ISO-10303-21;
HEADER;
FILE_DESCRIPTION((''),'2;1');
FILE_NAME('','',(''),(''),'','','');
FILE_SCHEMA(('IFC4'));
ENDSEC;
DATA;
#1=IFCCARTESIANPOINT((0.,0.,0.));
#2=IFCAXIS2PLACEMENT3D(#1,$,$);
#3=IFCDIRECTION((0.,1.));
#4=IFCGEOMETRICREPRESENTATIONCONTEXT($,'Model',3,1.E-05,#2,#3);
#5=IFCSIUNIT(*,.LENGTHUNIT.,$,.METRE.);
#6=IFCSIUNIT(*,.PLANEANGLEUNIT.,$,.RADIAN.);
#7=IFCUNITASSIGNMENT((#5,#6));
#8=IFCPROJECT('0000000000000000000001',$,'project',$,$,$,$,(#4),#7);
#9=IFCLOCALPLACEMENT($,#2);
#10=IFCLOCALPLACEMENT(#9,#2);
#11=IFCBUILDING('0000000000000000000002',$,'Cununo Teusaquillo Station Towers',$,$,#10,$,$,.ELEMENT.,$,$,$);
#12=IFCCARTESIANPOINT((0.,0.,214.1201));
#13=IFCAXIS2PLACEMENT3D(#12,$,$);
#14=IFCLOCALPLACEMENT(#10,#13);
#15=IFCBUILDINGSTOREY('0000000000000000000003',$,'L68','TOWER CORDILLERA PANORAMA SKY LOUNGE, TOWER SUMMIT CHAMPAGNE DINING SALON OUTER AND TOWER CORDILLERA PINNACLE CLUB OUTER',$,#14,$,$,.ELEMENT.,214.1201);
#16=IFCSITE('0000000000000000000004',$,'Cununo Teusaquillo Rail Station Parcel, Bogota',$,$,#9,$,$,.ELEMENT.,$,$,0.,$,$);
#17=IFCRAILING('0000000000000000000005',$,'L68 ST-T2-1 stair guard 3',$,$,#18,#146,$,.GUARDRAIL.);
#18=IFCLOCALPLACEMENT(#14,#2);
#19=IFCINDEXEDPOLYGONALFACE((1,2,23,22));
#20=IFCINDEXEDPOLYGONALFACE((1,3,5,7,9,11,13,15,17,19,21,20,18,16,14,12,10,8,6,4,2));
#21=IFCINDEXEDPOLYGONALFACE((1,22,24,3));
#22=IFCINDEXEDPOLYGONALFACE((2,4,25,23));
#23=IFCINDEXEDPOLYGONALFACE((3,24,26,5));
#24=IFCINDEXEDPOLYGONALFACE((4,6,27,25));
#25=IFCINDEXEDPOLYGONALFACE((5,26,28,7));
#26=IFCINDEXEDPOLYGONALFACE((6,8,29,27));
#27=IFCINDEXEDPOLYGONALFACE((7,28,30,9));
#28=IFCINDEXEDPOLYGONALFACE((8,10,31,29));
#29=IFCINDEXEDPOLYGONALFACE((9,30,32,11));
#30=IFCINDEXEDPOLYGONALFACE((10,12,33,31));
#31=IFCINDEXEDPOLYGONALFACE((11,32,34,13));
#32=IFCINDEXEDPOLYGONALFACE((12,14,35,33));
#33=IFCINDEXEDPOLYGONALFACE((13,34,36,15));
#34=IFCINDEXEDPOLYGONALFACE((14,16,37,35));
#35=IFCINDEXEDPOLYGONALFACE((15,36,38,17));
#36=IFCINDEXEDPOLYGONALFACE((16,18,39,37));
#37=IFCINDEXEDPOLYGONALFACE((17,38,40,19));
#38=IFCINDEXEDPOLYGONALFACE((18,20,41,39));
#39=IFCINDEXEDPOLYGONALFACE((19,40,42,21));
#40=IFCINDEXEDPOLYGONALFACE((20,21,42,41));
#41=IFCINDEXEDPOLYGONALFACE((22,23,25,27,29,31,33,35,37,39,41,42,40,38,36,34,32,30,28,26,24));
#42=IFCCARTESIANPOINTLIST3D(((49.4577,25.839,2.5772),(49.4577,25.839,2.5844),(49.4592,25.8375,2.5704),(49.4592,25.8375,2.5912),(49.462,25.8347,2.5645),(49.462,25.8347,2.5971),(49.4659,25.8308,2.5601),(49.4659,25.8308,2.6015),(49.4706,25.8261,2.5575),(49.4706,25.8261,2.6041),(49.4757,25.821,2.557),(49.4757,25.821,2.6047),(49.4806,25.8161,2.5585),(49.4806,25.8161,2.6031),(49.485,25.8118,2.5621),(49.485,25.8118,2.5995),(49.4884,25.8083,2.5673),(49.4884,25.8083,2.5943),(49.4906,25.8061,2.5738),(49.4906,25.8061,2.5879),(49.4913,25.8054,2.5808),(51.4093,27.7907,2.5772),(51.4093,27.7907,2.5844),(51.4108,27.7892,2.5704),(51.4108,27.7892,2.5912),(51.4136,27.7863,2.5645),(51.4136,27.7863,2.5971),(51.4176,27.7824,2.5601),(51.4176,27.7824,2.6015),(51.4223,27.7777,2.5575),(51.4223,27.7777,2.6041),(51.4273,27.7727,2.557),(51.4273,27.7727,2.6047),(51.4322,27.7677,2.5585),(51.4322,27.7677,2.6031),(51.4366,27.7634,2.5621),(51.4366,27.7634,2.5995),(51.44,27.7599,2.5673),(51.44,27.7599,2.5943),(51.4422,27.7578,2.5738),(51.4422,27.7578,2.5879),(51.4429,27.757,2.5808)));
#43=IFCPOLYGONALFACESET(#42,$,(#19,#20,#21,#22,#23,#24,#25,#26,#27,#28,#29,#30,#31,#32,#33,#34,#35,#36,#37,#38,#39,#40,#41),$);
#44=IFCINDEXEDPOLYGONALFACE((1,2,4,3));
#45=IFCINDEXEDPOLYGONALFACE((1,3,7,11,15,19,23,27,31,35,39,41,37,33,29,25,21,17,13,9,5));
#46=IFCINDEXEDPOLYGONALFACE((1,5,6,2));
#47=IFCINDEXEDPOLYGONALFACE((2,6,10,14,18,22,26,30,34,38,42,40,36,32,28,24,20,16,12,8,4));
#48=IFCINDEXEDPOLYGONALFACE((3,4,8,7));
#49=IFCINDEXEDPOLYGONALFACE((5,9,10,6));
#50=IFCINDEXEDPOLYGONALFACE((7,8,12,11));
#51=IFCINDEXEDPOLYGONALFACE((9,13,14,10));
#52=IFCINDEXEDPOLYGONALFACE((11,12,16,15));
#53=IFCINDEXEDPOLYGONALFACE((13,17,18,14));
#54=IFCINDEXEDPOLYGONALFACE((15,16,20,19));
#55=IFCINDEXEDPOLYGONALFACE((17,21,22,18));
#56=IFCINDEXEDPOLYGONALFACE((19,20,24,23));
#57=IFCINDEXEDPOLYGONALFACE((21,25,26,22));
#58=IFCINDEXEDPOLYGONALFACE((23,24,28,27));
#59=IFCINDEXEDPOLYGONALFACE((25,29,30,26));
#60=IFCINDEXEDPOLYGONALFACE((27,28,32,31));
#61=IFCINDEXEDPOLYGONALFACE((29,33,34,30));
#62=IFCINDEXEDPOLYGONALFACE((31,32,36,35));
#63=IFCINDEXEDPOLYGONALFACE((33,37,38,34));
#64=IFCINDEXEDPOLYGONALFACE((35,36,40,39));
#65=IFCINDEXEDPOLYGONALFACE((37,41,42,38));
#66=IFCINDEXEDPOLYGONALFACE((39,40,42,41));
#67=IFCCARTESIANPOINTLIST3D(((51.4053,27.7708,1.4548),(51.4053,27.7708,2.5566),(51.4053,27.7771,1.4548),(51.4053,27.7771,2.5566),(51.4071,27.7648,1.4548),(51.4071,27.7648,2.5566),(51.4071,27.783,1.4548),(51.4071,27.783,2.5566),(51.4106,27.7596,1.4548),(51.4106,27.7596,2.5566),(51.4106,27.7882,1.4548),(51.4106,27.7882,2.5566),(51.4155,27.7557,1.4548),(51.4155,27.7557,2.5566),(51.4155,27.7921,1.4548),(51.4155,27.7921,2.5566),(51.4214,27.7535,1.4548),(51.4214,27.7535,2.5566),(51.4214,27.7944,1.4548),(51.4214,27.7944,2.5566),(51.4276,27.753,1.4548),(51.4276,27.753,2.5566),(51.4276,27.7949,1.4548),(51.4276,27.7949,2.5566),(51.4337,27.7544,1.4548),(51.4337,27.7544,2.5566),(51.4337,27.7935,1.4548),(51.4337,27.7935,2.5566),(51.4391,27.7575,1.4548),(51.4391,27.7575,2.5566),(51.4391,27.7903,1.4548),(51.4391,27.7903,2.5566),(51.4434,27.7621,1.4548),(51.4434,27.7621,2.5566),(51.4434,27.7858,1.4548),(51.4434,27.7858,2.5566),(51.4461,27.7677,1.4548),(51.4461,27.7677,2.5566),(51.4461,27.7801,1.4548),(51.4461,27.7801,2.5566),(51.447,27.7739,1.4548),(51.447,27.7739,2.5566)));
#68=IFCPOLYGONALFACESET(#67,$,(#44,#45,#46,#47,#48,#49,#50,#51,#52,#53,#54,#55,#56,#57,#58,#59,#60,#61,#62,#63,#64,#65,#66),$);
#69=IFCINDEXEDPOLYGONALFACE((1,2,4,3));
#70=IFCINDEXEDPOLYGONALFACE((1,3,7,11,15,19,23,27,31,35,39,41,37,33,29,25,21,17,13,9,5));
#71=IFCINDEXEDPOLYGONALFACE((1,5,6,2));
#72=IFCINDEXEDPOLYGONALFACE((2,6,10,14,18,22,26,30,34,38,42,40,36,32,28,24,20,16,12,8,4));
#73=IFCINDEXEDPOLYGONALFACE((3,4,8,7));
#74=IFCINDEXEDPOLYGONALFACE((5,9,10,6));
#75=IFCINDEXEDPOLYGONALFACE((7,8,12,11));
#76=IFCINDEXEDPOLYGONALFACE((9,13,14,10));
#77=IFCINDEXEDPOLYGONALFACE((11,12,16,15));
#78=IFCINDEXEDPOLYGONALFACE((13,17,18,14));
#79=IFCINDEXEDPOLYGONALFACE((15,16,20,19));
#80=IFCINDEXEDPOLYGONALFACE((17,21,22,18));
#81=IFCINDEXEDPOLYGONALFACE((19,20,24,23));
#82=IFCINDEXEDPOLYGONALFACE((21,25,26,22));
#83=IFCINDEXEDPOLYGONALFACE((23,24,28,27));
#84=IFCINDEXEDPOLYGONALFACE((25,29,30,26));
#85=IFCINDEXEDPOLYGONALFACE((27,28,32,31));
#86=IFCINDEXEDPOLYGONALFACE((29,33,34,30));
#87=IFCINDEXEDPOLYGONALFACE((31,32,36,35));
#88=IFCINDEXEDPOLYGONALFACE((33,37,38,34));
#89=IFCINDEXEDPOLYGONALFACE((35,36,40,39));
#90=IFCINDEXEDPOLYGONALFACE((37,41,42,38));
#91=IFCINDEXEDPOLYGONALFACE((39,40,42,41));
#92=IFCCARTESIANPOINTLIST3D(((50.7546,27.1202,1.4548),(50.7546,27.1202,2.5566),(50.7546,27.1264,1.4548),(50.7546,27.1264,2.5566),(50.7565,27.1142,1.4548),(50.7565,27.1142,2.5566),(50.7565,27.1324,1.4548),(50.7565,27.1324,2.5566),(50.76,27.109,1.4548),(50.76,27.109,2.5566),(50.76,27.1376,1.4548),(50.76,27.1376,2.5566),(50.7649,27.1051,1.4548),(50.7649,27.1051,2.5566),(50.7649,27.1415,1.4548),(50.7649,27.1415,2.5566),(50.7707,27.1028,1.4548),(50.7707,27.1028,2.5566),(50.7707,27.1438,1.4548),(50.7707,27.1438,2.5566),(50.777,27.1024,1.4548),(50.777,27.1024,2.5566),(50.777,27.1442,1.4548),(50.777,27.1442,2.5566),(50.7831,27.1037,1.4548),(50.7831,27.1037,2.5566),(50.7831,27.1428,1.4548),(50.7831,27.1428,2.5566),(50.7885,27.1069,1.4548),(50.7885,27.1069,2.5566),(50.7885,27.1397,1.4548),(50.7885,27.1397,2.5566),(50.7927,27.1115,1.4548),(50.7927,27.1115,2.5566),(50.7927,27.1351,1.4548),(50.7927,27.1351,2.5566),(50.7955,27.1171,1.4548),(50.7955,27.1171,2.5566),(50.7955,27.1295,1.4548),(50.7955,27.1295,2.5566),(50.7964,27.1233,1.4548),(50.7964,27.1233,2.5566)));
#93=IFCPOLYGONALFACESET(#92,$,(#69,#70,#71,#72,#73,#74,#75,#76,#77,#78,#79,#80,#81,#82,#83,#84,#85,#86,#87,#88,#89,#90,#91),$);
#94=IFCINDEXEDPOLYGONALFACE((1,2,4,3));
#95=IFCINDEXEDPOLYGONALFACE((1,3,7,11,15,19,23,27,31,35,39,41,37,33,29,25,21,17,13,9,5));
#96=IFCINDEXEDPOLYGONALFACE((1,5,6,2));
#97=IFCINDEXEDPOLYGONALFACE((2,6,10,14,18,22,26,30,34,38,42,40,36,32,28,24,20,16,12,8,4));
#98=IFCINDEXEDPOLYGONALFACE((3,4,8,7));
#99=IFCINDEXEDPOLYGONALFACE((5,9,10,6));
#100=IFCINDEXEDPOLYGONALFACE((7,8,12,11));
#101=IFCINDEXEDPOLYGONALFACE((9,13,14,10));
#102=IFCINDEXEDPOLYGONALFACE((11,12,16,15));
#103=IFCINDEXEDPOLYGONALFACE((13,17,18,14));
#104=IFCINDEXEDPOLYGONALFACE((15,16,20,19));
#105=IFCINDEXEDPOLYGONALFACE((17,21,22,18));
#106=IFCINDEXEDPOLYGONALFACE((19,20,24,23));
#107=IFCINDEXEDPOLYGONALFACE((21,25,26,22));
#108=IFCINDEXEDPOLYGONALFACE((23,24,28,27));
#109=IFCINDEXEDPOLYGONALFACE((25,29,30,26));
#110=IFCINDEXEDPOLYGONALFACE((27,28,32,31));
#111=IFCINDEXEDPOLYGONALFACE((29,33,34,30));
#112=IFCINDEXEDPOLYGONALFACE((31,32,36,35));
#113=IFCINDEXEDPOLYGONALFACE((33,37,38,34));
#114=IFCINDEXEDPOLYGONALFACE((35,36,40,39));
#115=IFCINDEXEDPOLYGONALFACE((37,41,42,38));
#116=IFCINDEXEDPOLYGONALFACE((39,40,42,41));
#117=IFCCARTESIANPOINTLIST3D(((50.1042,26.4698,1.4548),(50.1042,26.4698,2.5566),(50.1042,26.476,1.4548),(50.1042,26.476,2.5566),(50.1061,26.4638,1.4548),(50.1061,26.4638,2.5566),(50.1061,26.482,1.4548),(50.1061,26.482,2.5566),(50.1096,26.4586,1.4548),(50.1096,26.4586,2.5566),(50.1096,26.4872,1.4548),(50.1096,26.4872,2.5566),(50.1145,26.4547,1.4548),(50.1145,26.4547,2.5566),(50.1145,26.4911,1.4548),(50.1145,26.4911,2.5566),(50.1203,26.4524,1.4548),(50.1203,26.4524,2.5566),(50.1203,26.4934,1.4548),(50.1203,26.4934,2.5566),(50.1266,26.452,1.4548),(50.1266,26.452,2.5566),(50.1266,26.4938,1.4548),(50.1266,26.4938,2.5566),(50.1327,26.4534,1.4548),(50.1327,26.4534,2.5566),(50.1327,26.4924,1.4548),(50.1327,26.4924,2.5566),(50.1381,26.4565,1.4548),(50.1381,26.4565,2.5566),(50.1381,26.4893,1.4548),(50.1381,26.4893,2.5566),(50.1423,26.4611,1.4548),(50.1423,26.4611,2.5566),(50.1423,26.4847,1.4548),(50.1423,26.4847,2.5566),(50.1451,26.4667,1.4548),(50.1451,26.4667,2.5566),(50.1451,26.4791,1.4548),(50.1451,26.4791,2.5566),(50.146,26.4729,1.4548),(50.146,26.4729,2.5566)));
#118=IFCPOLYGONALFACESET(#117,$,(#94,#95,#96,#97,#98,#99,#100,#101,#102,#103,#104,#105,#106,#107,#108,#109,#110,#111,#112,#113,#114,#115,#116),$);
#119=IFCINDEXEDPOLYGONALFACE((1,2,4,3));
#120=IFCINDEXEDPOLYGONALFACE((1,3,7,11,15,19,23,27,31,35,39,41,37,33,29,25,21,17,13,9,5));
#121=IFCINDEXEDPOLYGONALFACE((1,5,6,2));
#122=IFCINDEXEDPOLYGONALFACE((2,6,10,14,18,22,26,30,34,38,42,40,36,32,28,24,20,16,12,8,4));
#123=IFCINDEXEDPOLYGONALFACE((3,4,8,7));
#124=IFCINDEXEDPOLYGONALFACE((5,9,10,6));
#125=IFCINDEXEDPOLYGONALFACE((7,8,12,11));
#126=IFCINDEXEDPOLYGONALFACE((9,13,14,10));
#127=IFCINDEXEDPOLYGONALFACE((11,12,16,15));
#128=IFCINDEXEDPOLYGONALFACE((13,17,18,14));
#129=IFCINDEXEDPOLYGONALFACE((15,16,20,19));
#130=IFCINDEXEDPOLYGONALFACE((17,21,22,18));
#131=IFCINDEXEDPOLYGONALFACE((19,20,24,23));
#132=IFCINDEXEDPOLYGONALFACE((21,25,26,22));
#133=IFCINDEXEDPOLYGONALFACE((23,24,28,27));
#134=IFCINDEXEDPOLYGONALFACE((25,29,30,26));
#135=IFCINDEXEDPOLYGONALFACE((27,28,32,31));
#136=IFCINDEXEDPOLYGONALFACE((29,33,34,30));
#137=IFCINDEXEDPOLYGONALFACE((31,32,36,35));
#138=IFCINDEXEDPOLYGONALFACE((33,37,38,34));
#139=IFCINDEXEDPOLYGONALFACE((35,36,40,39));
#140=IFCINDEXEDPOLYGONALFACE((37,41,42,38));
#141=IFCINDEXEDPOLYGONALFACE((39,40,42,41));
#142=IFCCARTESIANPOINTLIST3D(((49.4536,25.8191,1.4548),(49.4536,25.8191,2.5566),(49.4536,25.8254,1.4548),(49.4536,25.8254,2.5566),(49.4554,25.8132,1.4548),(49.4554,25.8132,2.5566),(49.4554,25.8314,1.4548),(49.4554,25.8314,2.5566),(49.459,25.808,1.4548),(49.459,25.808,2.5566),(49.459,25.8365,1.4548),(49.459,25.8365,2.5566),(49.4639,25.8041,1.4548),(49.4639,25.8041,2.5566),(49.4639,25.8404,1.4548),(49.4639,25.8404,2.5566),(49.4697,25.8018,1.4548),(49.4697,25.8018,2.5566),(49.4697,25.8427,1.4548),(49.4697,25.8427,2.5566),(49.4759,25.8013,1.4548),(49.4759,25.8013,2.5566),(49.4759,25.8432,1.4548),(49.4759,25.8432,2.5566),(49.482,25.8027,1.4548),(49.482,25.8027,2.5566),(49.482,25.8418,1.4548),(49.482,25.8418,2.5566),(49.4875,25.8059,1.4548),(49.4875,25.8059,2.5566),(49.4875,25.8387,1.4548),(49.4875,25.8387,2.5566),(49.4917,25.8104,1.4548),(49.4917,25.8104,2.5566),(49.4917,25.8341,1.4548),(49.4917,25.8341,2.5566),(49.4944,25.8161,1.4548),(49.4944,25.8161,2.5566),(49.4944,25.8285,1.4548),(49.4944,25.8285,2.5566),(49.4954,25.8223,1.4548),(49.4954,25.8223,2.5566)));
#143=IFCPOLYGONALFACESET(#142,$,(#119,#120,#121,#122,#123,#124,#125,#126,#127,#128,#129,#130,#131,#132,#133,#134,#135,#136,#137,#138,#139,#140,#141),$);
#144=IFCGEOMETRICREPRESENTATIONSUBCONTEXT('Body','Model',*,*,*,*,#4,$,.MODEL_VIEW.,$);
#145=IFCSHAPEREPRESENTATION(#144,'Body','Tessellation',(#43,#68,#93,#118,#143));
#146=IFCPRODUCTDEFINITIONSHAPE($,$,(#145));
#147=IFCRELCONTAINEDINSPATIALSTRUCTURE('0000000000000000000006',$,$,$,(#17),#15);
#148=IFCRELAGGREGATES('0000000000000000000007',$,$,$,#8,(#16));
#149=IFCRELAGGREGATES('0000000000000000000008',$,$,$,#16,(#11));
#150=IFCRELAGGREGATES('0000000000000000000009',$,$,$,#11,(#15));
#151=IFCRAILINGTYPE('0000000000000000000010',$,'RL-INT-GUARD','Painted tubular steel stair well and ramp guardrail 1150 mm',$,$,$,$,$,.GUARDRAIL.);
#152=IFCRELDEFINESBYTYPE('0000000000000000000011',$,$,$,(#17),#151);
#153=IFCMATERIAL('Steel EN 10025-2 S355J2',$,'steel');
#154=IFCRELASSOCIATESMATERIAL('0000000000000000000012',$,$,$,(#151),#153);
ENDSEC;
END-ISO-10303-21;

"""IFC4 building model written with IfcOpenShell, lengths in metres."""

from ifc_helpers import new_model, si_unit, direction, frame, origin, origin_2d, place, context, subcontext, project, spatial, circle, extrude, material, type_object, element, save


model = new_model("IFC4")

# Units and contexts
model_context = context("Model", 3, precision=1e-05, world=origin(), true_north=direction((0.0, 1.0)))
body_context = subcontext(model_context, "Body", "Model", "MODEL_VIEW")
ifc_project = project(units=[si_unit("LENGTHUNIT", "METRE"), si_unit("PLANEANGLEUNIT", "RADIAN")], contexts=[model_context])

# Site, building, storey
site_placement = place(None, origin())
site = spatial("IfcSite", under=ifc_project, at=site_placement, Name="Cununo Teusaquillo Rail Station Parcel, Bogota", CompositionType="ELEMENT", RefElevation=0.0)
building_placement = place(site_placement, origin())
building = spatial("IfcBuilding", under=site, at=building_placement, Name="Cununo Teusaquillo Station Towers", CompositionType="ELEMENT")
storey_placement = place(building_placement, frame((0.0, 0.0, 214.1201)))
storey = spatial("IfcBuildingStorey", under=building, at=storey_placement, Name="L68", Description="TOWER CORDILLERA PANORAMA SKY LOUNGE, TOWER SUMMIT CHAMPAGNE DINING SALON OUTER AND TOWER CORDILLERA PINNACLE CLUB OUTER", CompositionType="ELEMENT", Elevation=214.1201)

# Railing
ifc_material_1 = material(Name="Steel EN 10025-2 S355J2", Category="steel")
railing_type = type_object("IfcRailingType", Name="RL-INT-GUARD", Description="Painted tubular steel stair well and ramp guardrail 1150 mm", PredefinedType="GUARDRAIL", material=ifc_material_1)
railing_1_placement = place(storey_placement, frame((51.426, 27.7739, 1.4548)))
element("IfcRailing", 1, at=railing_1_placement, inside=storey, type_object=railing_type, Name="L68 ST-T2-1 stair guard 3", PredefinedType="GUARDRAIL", context=body_context, shape_type="SweptSolid", body=[
    extrude(circle(Radius=0.0239, at=origin_2d()), frame((0.0, 0.0, 1.126), z_axis=(-0.707107, -0.707107, 0.0), x_axis=(0.707107, -0.707107, 0.0)), (0.0, 0.0, 1.0), 2.76),
    extrude(circle(Radius=0.021, at=origin_2d()), origin(), (0.0, 0.0, 1.0), 1.1018),
    extrude(circle(Radius=0.021, at=origin_2d()), frame((-0.6506, -0.6506, 0.0)), (0.0, 0.0, 1.0), 1.1018),
    extrude(circle(Radius=0.021, at=origin_2d()), frame((-1.301, -1.301, 0.0)), (0.0, 0.0, 1.0), 1.1018),
    extrude(circle(Radius=0.021, at=origin_2d()), frame((-1.9517, -1.9517, 0.0)), (0.0, 0.0, 1.0), 1.1018),
])

save(model, "model.ifc")
